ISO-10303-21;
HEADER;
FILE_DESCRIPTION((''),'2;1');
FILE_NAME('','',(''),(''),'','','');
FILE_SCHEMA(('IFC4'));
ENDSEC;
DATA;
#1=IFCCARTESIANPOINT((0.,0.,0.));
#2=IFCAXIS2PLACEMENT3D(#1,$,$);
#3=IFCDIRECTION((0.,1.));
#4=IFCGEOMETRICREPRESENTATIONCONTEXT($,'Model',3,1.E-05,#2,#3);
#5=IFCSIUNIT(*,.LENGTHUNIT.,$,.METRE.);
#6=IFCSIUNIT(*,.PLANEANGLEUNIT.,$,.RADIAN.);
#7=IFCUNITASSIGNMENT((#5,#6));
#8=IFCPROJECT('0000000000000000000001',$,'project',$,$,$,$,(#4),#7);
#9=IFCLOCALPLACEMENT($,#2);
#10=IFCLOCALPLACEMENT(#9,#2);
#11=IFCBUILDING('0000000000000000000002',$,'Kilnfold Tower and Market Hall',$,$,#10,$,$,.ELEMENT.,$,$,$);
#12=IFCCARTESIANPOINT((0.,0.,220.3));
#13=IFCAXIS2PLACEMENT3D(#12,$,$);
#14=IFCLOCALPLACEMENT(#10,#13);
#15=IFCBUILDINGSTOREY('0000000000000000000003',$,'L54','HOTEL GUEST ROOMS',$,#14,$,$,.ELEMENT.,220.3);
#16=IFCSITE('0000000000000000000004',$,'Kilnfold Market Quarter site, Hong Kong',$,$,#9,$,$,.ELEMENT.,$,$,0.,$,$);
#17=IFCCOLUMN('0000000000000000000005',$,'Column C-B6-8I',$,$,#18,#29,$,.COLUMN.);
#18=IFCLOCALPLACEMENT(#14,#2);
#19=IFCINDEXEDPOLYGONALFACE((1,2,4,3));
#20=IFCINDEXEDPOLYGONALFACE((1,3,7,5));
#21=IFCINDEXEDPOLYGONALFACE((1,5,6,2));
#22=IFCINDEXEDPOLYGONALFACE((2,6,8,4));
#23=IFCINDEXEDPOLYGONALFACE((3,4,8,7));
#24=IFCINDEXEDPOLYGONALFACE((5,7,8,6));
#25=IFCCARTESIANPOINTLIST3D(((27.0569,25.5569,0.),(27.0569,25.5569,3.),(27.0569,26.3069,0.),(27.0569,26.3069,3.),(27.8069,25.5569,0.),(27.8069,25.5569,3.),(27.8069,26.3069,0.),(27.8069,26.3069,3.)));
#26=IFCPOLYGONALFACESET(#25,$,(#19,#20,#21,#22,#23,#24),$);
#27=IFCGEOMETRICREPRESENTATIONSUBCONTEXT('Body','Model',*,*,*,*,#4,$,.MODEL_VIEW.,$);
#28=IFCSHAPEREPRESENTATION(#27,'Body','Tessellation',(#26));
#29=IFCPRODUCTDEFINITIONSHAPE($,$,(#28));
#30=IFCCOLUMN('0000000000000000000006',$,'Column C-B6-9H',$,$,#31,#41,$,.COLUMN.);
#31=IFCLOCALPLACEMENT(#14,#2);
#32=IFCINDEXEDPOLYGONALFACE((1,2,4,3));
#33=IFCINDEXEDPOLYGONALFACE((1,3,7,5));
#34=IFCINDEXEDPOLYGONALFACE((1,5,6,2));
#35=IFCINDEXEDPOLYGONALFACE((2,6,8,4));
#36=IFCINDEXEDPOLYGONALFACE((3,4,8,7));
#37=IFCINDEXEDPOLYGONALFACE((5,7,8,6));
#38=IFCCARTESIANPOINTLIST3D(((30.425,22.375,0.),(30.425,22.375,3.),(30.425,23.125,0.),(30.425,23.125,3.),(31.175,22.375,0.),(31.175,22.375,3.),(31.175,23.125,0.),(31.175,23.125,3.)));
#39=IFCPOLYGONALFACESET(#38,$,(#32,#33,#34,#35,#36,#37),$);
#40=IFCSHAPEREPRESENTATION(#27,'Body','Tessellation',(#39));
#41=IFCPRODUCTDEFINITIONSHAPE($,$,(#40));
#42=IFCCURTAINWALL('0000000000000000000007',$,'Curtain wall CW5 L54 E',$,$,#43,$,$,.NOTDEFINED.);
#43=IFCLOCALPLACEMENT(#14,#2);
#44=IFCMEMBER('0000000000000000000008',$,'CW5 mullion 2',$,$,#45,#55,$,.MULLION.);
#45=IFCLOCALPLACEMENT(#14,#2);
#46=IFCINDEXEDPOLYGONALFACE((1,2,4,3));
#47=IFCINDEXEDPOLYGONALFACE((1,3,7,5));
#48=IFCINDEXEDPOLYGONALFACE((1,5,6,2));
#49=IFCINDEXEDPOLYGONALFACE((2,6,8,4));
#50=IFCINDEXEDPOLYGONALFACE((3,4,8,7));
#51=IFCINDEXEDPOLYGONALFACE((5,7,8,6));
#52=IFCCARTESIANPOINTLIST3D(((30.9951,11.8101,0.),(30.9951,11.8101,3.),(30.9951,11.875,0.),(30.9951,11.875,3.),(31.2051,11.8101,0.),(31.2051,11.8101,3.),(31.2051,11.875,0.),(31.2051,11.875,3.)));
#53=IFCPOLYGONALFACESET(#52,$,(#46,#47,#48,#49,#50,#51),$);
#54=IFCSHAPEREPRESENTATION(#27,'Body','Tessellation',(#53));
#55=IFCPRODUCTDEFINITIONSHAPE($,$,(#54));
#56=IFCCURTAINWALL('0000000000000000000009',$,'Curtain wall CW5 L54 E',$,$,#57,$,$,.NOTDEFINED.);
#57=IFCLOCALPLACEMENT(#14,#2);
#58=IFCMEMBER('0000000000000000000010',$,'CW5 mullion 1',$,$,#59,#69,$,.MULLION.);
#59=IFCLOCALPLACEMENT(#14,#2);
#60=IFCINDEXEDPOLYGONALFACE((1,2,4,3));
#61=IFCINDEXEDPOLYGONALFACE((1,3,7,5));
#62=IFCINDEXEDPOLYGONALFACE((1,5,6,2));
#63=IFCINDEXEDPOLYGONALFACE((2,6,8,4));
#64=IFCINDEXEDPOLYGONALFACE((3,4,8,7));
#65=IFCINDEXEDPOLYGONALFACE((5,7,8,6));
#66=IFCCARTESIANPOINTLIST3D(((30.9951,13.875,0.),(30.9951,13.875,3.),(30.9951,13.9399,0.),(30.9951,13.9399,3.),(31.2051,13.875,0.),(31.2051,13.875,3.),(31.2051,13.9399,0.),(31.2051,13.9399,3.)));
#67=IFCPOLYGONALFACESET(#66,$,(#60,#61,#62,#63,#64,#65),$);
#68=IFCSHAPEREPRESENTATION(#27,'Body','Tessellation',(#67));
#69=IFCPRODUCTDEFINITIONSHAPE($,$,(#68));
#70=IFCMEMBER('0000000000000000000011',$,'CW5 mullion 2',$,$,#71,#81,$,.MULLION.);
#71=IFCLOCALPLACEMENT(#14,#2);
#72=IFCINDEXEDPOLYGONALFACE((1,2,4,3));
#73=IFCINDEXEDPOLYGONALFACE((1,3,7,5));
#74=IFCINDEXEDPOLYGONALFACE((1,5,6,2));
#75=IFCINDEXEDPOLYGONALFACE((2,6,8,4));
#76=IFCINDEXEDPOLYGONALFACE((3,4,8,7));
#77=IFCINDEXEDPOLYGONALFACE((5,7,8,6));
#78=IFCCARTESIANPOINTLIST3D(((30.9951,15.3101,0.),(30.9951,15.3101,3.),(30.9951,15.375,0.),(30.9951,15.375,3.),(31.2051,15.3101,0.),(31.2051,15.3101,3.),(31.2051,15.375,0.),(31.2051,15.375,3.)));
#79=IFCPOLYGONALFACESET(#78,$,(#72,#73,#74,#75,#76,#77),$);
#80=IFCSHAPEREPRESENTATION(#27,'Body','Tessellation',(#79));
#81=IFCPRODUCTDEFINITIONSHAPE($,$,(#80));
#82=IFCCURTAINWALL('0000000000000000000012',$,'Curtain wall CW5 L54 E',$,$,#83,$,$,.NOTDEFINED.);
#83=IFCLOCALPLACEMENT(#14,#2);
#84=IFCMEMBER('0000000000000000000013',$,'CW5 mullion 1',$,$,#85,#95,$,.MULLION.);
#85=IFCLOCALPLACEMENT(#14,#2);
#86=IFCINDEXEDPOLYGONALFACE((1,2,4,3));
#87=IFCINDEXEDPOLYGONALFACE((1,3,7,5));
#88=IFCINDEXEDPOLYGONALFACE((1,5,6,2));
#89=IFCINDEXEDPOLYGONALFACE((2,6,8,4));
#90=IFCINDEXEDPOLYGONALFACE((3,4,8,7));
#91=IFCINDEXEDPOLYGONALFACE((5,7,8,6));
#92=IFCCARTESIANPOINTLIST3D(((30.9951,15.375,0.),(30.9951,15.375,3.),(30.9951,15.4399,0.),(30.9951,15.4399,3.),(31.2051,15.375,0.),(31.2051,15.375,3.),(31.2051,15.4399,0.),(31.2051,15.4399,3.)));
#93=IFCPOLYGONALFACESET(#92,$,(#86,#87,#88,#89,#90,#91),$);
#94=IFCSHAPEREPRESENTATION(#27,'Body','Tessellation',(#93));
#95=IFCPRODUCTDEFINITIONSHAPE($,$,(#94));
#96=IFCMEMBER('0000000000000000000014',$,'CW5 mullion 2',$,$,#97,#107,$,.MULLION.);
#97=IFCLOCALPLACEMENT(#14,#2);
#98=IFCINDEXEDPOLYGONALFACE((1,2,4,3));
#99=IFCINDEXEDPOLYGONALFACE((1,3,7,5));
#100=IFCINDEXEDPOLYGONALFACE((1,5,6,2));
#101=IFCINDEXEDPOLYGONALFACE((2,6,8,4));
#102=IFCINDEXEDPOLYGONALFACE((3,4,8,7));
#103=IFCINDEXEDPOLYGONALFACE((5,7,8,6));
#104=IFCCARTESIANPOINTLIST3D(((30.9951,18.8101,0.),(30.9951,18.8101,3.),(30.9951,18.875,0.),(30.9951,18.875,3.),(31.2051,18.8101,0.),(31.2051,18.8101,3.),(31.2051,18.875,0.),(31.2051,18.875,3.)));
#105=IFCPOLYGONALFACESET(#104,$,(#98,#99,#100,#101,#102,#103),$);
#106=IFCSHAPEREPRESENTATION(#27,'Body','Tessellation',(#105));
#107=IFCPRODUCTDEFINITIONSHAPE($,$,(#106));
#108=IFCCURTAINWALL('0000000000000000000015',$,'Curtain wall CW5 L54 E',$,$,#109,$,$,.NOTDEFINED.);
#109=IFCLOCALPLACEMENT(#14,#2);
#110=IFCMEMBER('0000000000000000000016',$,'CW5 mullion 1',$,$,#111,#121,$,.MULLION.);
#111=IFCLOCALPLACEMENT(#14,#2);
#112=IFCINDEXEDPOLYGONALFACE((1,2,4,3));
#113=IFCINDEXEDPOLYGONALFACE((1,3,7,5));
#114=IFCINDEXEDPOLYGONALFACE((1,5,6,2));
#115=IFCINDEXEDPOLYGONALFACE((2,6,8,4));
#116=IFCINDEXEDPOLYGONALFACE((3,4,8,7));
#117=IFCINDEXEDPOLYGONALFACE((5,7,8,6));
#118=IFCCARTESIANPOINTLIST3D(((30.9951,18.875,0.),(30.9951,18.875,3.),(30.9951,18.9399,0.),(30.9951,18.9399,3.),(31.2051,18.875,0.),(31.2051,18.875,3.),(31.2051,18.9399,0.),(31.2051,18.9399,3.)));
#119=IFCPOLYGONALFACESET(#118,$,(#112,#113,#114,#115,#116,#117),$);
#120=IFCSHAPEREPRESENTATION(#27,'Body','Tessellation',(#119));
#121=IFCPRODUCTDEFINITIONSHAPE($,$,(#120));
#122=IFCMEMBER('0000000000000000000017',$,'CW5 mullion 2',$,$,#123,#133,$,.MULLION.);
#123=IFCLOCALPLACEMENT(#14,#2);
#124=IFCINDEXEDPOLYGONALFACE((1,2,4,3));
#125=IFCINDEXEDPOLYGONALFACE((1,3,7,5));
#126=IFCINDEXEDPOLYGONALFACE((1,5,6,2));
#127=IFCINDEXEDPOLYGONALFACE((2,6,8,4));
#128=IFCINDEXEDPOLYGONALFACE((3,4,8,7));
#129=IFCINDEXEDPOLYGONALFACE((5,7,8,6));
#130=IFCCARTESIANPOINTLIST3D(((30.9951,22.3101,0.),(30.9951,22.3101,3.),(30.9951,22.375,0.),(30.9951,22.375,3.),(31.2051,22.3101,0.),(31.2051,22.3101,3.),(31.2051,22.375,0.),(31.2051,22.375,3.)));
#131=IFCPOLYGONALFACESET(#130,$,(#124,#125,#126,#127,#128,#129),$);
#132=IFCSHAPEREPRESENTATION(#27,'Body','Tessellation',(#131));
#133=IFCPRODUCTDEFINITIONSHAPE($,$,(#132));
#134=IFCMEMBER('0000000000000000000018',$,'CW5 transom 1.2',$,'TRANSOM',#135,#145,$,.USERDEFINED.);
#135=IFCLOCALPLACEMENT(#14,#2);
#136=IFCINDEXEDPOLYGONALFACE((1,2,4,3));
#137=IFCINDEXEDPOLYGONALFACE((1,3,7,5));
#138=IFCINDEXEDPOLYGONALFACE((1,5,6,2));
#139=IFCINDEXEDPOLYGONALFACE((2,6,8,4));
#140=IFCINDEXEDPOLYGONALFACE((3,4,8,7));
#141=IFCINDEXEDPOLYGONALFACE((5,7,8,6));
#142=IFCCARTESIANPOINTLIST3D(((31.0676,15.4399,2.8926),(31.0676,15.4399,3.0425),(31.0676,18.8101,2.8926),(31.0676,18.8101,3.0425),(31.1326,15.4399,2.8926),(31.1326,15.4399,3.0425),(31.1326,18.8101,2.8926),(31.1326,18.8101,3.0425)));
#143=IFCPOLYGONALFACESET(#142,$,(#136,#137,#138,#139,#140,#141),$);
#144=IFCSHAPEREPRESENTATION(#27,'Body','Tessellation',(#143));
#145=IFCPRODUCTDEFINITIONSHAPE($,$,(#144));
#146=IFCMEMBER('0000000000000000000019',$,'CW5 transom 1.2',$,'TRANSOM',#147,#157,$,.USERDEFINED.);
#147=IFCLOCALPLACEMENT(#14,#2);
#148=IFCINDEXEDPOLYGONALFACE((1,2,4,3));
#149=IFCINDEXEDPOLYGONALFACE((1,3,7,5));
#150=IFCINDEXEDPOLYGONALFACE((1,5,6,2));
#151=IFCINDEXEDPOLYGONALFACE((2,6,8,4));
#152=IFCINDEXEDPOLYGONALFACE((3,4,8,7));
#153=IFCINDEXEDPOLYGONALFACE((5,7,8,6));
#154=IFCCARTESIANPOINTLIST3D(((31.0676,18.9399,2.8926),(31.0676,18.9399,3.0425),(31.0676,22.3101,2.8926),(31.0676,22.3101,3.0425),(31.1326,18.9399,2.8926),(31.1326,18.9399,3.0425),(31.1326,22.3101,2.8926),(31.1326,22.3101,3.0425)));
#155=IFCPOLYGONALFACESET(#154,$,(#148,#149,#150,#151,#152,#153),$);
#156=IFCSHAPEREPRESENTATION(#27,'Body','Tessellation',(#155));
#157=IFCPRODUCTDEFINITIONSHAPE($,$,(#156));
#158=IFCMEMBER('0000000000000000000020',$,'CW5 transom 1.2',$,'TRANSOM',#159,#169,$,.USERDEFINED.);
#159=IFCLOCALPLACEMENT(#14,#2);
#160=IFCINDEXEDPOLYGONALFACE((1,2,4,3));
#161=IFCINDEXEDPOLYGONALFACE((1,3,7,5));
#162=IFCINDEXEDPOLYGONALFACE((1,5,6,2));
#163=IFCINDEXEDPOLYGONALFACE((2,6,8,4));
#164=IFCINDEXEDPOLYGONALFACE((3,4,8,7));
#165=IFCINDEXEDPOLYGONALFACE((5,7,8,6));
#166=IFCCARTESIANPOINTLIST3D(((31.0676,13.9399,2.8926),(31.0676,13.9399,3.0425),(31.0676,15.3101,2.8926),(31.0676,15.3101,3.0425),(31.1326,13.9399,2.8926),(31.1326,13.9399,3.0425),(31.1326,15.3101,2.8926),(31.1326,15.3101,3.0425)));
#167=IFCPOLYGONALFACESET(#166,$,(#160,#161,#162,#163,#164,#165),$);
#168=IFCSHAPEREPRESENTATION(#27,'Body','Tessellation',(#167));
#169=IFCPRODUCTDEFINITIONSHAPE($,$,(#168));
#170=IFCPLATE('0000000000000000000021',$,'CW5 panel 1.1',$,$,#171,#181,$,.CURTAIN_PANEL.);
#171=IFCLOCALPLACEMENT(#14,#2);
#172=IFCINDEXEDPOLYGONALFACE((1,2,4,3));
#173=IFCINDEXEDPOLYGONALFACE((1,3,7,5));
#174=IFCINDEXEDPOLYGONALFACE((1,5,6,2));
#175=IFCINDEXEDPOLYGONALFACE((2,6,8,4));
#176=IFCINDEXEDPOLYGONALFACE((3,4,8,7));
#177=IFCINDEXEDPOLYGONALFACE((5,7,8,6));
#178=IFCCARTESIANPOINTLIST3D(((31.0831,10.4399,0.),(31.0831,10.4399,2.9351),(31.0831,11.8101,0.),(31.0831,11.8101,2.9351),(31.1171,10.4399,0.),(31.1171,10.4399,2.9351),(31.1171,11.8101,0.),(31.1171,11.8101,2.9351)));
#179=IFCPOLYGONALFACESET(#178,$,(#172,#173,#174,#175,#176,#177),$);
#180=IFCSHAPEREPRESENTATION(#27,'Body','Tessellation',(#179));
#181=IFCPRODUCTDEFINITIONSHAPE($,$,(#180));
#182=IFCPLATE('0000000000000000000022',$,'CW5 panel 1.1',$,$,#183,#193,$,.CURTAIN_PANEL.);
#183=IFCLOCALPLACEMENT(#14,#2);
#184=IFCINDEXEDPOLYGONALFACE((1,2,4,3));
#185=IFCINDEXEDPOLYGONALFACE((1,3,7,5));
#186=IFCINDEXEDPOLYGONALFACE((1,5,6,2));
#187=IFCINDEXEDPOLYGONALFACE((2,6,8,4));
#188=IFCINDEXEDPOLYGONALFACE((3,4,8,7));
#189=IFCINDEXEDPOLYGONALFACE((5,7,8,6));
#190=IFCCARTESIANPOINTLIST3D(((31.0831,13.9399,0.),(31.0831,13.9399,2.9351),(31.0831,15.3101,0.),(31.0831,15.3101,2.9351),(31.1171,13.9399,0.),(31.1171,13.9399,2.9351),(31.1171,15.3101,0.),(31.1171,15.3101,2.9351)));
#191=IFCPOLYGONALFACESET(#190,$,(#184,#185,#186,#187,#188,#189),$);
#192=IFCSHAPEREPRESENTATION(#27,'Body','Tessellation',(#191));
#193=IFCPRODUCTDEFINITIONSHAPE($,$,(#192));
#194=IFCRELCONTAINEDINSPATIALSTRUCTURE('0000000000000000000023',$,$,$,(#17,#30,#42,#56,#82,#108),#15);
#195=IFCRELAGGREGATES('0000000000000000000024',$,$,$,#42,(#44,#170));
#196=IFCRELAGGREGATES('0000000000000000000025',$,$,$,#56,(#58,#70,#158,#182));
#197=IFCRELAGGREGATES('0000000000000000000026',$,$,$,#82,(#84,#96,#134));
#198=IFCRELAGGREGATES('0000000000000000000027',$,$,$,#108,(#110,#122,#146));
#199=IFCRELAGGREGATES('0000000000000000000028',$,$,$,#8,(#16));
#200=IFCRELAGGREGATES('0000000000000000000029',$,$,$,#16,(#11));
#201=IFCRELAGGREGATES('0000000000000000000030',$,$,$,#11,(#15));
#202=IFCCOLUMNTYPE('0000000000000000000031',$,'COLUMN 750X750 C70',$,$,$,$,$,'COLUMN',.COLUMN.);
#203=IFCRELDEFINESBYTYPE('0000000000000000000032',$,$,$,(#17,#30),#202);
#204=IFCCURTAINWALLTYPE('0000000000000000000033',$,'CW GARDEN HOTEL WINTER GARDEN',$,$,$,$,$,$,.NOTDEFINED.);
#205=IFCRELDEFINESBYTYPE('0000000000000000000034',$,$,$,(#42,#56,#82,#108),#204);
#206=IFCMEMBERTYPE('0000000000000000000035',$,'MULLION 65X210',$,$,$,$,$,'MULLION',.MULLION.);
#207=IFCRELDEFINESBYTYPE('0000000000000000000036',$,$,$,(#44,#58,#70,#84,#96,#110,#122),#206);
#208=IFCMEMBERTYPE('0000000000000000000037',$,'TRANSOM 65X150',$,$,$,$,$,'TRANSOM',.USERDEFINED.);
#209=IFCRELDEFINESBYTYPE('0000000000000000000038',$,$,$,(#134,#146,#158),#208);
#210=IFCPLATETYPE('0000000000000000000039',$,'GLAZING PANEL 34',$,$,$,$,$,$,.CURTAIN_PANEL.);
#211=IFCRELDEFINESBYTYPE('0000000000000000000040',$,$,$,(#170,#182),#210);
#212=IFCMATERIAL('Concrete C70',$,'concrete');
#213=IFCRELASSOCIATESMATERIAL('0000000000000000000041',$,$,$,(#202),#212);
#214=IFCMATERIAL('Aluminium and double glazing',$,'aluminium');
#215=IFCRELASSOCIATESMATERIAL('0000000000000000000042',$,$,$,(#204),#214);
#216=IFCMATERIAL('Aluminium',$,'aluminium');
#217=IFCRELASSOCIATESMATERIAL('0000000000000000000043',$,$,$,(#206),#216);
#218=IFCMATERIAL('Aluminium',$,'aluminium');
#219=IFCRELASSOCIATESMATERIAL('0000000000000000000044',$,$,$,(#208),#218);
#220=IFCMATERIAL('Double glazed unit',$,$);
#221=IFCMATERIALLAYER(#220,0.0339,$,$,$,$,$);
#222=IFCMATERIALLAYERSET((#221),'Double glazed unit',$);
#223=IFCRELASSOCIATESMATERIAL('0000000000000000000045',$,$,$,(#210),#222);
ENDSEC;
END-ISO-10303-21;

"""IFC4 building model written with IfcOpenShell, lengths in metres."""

from ifc_helpers import new_model, si_unit, direction, frame, origin, origin_2d, place, context, subcontext, project, spatial, rectangle, extrude, source, transform, mapped, material, layer, layer_set, material_profile, profile_set, type_object, element, aggregate, save


model = new_model("IFC4")

# Units and contexts
model_context = context("Model", 3, precision=1e-05, world=origin(), true_north=direction((0.0, 1.0)))
body_context = subcontext(model_context, "Body", "Model", "MODEL_VIEW")
ifc_project = project(units=[si_unit("LENGTHUNIT", "METRE"), si_unit("PLANEANGLEUNIT", "RADIAN")], contexts=[model_context])

# Site, building, storey
site_placement = place(None, origin())
site = spatial("IfcSite", under=ifc_project, at=site_placement, Name="Kilnfold Market Quarter site, Hong Kong", CompositionType="ELEMENT", RefElevation=0.0)
building_placement = place(site_placement, origin())
building = spatial("IfcBuilding", under=site, at=building_placement, Name="Kilnfold Tower and Market Hall", CompositionType="ELEMENT")
storey_placement = place(building_placement, frame((0.0, 0.0, 220.3)))
storey = spatial("IfcBuildingStorey", under=building, at=storey_placement, Name="L54", Description="HOTEL GUEST ROOMS", CompositionType="ELEMENT", Elevation=220.3)

# Columns
ifc_material_1 = material(Name="Concrete C70", Category="concrete")
ifc_material_profile_1 = material_profile(ifc_material_1, rectangle(XDim=0.75, YDim=0.75, at=origin_2d()), Name="RC 750x750")
ifc_profile_set_1 = profile_set([ifc_material_profile_1], Name="Concrete C70")
column_type = type_object("IfcColumnType", Name="COLUMN 750X750 C70", ElementType="COLUMN", PredefinedType="COLUMN", material=ifc_profile_set_1)
shared_shape_1 = source(origin(), body_context, "Body", "SweptSolid", [
    extrude(rectangle(XDim=0.75, YDim=0.75, at=origin_2d()), origin(), (0.0, 0.0, 1.0), 3.0),
])
for number, where, z_axis, x_axis, name in (
    (1, (27.4319, 25.9319, 0.0), (0.0, 0.0, 1.0), (1.0, 0.0, 0.0), "Column C-B6-8I"),
    (2, (30.8, 22.75, 0.0), (0.0, 0.0, 1.0), (1.0, 0.0, 0.0), "Column C-B6-9H"),
):
    element("IfcColumn", number, at=place(storey_placement, frame(where, z_axis=z_axis, x_axis=x_axis)), inside=storey, type_object=column_type, Name=name, PredefinedType="COLUMN", context=body_context, shape_type="MappedRepresentation", body=[
        mapped(shared_shape_1, transform((0.0, 0.0, 0.0))),
    ])

# Curtain wall, member
ifc_material_2 = material(Name="Aluminium and double glazing", Category="aluminium")
curtain_wall_type = type_object("IfcCurtainWallType", Name="CW GARDEN HOTEL WINTER GARDEN", PredefinedType="NOTDEFINED", material=ifc_material_2)
curtain_wall_1_placement = place(storey_placement, origin())
curtain_wall_1 = element("IfcCurtainWall", 3, at=curtain_wall_1_placement, inside=storey, type_object=curtain_wall_type, Name="Curtain wall CW5 L54 E", PredefinedType="NOTDEFINED")
ifc_material_3 = material(Name="Aluminium", Category="aluminium")
ifc_material_profile_2 = material_profile(ifc_material_3, rectangle(XDim=0.0649, YDim=0.21, at=origin_2d()), Name="MULLION 65x210")
ifc_profile_set_2 = profile_set([ifc_material_profile_2], Name="Aluminium")
member_type_1 = type_object("IfcMemberType", Name="MULLION 65X210", ElementType="MULLION", PredefinedType="MULLION", material=ifc_profile_set_2)
shared_shape_2 = source(origin(), body_context, "Body", "SweptSolid", [
    extrude(rectangle(XDim=0.0649, YDim=0.21, at=origin_2d()), origin(), (0.0, 0.0, 1.0), 3.0),
])
member_1_placement = place(storey_placement, frame((31.1001, 11.8425, 0.0), z_axis=(0.0, 0.0, 1.0), x_axis=(0.0, 1.0, 0.0)))
member_1 = element("IfcMember", 4, at=member_1_placement, type_object=member_type_1, Name="CW5 mullion 2", PredefinedType="MULLION", context=body_context, shape_type="MappedRepresentation", body=[
    mapped(shared_shape_2, transform((0.0, 0.0, 0.0))),
])

# Curtain walls, members
curtain_wall_2_placement = place(storey_placement, origin())
curtain_wall_2 = element("IfcCurtainWall", 5, at=curtain_wall_2_placement, inside=storey, type_object=curtain_wall_type, Name="Curtain wall CW5 L54 E", PredefinedType="NOTDEFINED")
member_2_placement = place(storey_placement, frame((31.1001, 13.9075, 0.0), z_axis=(0.0, 0.0, 1.0), x_axis=(0.0, 1.0, 0.0)))
member_2 = element("IfcMember", 6, at=member_2_placement, type_object=member_type_1, Name="CW5 mullion 1", PredefinedType="MULLION", context=body_context, shape_type="MappedRepresentation", body=[
    mapped(shared_shape_2, transform((0.0, 0.0, 0.0))),
])
member_3_placement = place(storey_placement, frame((31.1001, 15.3425, 0.0), z_axis=(0.0, 0.0, 1.0), x_axis=(0.0, 1.0, 0.0)))
member_3 = element("IfcMember", 7, at=member_3_placement, type_object=member_type_1, Name="CW5 mullion 2", PredefinedType="MULLION", context=body_context, shape_type="MappedRepresentation", body=[
    mapped(shared_shape_2, transform((0.0, 0.0, 0.0))),
])
curtain_wall_3_placement = place(storey_placement, origin())
curtain_wall_3 = element("IfcCurtainWall", 8, at=curtain_wall_3_placement, inside=storey, type_object=curtain_wall_type, Name="Curtain wall CW5 L54 E", PredefinedType="NOTDEFINED")
member_4_placement = place(storey_placement, frame((31.1001, 15.4075, 0.0), z_axis=(0.0, 0.0, 1.0), x_axis=(0.0, 1.0, 0.0)))
member_4 = element("IfcMember", 9, at=member_4_placement, type_object=member_type_1, Name="CW5 mullion 1", PredefinedType="MULLION", context=body_context, shape_type="MappedRepresentation", body=[
    mapped(shared_shape_2, transform((0.0, 0.0, 0.0))),
])
member_5_placement = place(storey_placement, frame((31.1001, 18.8425, 0.0), z_axis=(0.0, 0.0, 1.0), x_axis=(0.0, 1.0, 0.0)))
member_5 = element("IfcMember", 10, at=member_5_placement, type_object=member_type_1, Name="CW5 mullion 2", PredefinedType="MULLION", context=body_context, shape_type="MappedRepresentation", body=[
    mapped(shared_shape_2, transform((0.0, 0.0, 0.0))),
])
curtain_wall_4_placement = place(storey_placement, origin())
curtain_wall_4 = element("IfcCurtainWall", 11, at=curtain_wall_4_placement, inside=storey, type_object=curtain_wall_type, Name="Curtain wall CW5 L54 E", PredefinedType="NOTDEFINED")
member_6_placement = place(storey_placement, frame((31.1001, 18.9075, 0.0), z_axis=(0.0, 0.0, 1.0), x_axis=(0.0, 1.0, 0.0)))
member_6 = element("IfcMember", 12, at=member_6_placement, type_object=member_type_1, Name="CW5 mullion 1", PredefinedType="MULLION", context=body_context, shape_type="MappedRepresentation", body=[
    mapped(shared_shape_2, transform((0.0, 0.0, 0.0))),
])
member_7_placement = place(storey_placement, frame((31.1001, 22.3425, 0.0), z_axis=(0.0, 0.0, 1.0), x_axis=(0.0, 1.0, 0.0)))
member_7 = element("IfcMember", 13, at=member_7_placement, type_object=member_type_1, Name="CW5 mullion 2", PredefinedType="MULLION", context=body_context, shape_type="MappedRepresentation", body=[
    mapped(shared_shape_2, transform((0.0, 0.0, 0.0))),
])

# Members
ifc_material_4 = material(Name="Aluminium", Category="aluminium")
ifc_material_profile_3 = material_profile(ifc_material_4, rectangle(XDim=0.0649, YDim=0.1499, at=origin_2d()), Name="TRANSOM 65x150")
ifc_profile_set_3 = profile_set([ifc_material_profile_3], Name="Aluminium")
member_type_2 = type_object("IfcMemberType", Name="TRANSOM 65X150", ElementType="TRANSOM", PredefinedType="USERDEFINED", material=ifc_profile_set_3)
shared_shape_3 = source(origin(), body_context, "Body", "SweptSolid", [
    extrude(rectangle(XDim=0.0649, YDim=0.1499, at=origin_2d()), origin(), (0.0, 0.0, 1.0), 3.3701),
])
member_8_placement = place(storey_placement, frame((31.1001, 15.4399, 2.9675), z_axis=(0.0, 1.0, 0.0), x_axis=(-1.0, 0.0, 0.0)))
member_8 = element("IfcMember", 14, at=member_8_placement, type_object=member_type_2, Name="CW5 transom 1.2", ObjectType="TRANSOM", PredefinedType="USERDEFINED", context=body_context, shape_type="MappedRepresentation", body=[
    mapped(shared_shape_3, transform((0.0, 0.0, 0.0))),
])
member_9_placement = place(storey_placement, frame((31.1001, 18.9399, 2.9675), z_axis=(0.0, 1.0, 0.0), x_axis=(-1.0, 0.0, 0.0)))
member_9 = element("IfcMember", 15, at=member_9_placement, type_object=member_type_2, Name="CW5 transom 1.2", ObjectType="TRANSOM", PredefinedType="USERDEFINED", context=body_context, shape_type="MappedRepresentation", body=[
    mapped(shared_shape_3, transform((0.0, 0.0, 0.0))),
])
shared_shape_4 = source(origin(), body_context, "Body", "SweptSolid", [
    extrude(rectangle(XDim=0.0649, YDim=0.1499, at=origin_2d()), origin(), (0.0, 0.0, 1.0), 1.3701),
])
member_10_placement = place(storey_placement, frame((31.1001, 13.9399, 2.9675), z_axis=(0.0, 1.0, 0.0), x_axis=(-1.0, 0.0, 0.0)))
member_10 = element("IfcMember", 16, at=member_10_placement, type_object=member_type_2, Name="CW5 transom 1.2", ObjectType="TRANSOM", PredefinedType="USERDEFINED", context=body_context, shape_type="MappedRepresentation", body=[
    mapped(shared_shape_4, transform((0.0, 0.0, 0.0))),
])

# Plates
ifc_material_5 = material(Name="Double glazed unit")
ifc_layer_1 = layer(ifc_material_5, 0.0339)
ifc_layer_set_1 = layer_set([ifc_layer_1], Name="Double glazed unit")
plate_type = type_object("IfcPlateType", Name="GLAZING PANEL 34", PredefinedType="CURTAIN_PANEL", material=ifc_layer_set_1)
shared_shape_5 = source(origin(), body_context, "Body", "SweptSolid", [
    extrude(rectangle(XDim=1.3701, YDim=0.0339, at=origin_2d()), origin(), (0.0, 0.0, 1.0), 2.9351),
])
plate_1_placement = place(storey_placement, frame((31.1001, 11.125, 0.0), z_axis=(0.0, 0.0, 1.0), x_axis=(0.0, 1.0, 0.0)))
plate_1 = element("IfcPlate", 17, at=plate_1_placement, type_object=plate_type, Name="CW5 panel 1.1", PredefinedType="CURTAIN_PANEL", context=body_context, shape_type="MappedRepresentation", body=[
    mapped(shared_shape_5, transform((0.0, 0.0, 0.0))),
])
aggregate(curtain_wall_1, [member_1, plate_1])
plate_2_placement = place(storey_placement, frame((31.1001, 14.625, 0.0), z_axis=(0.0, 0.0, 1.0), x_axis=(0.0, 1.0, 0.0)))
plate_2 = element("IfcPlate", 18, at=plate_2_placement, type_object=plate_type, Name="CW5 panel 1.1", PredefinedType="CURTAIN_PANEL", context=body_context, shape_type="MappedRepresentation", body=[
    mapped(shared_shape_5, transform((0.0, 0.0, 0.0))),
])
aggregate(curtain_wall_2, [member_2, member_3, member_10, plate_2])
aggregate(curtain_wall_3, [member_4, member_5, member_8])
aggregate(curtain_wall_4, [member_6, member_7, member_9])

save(model, "model.ifc")
